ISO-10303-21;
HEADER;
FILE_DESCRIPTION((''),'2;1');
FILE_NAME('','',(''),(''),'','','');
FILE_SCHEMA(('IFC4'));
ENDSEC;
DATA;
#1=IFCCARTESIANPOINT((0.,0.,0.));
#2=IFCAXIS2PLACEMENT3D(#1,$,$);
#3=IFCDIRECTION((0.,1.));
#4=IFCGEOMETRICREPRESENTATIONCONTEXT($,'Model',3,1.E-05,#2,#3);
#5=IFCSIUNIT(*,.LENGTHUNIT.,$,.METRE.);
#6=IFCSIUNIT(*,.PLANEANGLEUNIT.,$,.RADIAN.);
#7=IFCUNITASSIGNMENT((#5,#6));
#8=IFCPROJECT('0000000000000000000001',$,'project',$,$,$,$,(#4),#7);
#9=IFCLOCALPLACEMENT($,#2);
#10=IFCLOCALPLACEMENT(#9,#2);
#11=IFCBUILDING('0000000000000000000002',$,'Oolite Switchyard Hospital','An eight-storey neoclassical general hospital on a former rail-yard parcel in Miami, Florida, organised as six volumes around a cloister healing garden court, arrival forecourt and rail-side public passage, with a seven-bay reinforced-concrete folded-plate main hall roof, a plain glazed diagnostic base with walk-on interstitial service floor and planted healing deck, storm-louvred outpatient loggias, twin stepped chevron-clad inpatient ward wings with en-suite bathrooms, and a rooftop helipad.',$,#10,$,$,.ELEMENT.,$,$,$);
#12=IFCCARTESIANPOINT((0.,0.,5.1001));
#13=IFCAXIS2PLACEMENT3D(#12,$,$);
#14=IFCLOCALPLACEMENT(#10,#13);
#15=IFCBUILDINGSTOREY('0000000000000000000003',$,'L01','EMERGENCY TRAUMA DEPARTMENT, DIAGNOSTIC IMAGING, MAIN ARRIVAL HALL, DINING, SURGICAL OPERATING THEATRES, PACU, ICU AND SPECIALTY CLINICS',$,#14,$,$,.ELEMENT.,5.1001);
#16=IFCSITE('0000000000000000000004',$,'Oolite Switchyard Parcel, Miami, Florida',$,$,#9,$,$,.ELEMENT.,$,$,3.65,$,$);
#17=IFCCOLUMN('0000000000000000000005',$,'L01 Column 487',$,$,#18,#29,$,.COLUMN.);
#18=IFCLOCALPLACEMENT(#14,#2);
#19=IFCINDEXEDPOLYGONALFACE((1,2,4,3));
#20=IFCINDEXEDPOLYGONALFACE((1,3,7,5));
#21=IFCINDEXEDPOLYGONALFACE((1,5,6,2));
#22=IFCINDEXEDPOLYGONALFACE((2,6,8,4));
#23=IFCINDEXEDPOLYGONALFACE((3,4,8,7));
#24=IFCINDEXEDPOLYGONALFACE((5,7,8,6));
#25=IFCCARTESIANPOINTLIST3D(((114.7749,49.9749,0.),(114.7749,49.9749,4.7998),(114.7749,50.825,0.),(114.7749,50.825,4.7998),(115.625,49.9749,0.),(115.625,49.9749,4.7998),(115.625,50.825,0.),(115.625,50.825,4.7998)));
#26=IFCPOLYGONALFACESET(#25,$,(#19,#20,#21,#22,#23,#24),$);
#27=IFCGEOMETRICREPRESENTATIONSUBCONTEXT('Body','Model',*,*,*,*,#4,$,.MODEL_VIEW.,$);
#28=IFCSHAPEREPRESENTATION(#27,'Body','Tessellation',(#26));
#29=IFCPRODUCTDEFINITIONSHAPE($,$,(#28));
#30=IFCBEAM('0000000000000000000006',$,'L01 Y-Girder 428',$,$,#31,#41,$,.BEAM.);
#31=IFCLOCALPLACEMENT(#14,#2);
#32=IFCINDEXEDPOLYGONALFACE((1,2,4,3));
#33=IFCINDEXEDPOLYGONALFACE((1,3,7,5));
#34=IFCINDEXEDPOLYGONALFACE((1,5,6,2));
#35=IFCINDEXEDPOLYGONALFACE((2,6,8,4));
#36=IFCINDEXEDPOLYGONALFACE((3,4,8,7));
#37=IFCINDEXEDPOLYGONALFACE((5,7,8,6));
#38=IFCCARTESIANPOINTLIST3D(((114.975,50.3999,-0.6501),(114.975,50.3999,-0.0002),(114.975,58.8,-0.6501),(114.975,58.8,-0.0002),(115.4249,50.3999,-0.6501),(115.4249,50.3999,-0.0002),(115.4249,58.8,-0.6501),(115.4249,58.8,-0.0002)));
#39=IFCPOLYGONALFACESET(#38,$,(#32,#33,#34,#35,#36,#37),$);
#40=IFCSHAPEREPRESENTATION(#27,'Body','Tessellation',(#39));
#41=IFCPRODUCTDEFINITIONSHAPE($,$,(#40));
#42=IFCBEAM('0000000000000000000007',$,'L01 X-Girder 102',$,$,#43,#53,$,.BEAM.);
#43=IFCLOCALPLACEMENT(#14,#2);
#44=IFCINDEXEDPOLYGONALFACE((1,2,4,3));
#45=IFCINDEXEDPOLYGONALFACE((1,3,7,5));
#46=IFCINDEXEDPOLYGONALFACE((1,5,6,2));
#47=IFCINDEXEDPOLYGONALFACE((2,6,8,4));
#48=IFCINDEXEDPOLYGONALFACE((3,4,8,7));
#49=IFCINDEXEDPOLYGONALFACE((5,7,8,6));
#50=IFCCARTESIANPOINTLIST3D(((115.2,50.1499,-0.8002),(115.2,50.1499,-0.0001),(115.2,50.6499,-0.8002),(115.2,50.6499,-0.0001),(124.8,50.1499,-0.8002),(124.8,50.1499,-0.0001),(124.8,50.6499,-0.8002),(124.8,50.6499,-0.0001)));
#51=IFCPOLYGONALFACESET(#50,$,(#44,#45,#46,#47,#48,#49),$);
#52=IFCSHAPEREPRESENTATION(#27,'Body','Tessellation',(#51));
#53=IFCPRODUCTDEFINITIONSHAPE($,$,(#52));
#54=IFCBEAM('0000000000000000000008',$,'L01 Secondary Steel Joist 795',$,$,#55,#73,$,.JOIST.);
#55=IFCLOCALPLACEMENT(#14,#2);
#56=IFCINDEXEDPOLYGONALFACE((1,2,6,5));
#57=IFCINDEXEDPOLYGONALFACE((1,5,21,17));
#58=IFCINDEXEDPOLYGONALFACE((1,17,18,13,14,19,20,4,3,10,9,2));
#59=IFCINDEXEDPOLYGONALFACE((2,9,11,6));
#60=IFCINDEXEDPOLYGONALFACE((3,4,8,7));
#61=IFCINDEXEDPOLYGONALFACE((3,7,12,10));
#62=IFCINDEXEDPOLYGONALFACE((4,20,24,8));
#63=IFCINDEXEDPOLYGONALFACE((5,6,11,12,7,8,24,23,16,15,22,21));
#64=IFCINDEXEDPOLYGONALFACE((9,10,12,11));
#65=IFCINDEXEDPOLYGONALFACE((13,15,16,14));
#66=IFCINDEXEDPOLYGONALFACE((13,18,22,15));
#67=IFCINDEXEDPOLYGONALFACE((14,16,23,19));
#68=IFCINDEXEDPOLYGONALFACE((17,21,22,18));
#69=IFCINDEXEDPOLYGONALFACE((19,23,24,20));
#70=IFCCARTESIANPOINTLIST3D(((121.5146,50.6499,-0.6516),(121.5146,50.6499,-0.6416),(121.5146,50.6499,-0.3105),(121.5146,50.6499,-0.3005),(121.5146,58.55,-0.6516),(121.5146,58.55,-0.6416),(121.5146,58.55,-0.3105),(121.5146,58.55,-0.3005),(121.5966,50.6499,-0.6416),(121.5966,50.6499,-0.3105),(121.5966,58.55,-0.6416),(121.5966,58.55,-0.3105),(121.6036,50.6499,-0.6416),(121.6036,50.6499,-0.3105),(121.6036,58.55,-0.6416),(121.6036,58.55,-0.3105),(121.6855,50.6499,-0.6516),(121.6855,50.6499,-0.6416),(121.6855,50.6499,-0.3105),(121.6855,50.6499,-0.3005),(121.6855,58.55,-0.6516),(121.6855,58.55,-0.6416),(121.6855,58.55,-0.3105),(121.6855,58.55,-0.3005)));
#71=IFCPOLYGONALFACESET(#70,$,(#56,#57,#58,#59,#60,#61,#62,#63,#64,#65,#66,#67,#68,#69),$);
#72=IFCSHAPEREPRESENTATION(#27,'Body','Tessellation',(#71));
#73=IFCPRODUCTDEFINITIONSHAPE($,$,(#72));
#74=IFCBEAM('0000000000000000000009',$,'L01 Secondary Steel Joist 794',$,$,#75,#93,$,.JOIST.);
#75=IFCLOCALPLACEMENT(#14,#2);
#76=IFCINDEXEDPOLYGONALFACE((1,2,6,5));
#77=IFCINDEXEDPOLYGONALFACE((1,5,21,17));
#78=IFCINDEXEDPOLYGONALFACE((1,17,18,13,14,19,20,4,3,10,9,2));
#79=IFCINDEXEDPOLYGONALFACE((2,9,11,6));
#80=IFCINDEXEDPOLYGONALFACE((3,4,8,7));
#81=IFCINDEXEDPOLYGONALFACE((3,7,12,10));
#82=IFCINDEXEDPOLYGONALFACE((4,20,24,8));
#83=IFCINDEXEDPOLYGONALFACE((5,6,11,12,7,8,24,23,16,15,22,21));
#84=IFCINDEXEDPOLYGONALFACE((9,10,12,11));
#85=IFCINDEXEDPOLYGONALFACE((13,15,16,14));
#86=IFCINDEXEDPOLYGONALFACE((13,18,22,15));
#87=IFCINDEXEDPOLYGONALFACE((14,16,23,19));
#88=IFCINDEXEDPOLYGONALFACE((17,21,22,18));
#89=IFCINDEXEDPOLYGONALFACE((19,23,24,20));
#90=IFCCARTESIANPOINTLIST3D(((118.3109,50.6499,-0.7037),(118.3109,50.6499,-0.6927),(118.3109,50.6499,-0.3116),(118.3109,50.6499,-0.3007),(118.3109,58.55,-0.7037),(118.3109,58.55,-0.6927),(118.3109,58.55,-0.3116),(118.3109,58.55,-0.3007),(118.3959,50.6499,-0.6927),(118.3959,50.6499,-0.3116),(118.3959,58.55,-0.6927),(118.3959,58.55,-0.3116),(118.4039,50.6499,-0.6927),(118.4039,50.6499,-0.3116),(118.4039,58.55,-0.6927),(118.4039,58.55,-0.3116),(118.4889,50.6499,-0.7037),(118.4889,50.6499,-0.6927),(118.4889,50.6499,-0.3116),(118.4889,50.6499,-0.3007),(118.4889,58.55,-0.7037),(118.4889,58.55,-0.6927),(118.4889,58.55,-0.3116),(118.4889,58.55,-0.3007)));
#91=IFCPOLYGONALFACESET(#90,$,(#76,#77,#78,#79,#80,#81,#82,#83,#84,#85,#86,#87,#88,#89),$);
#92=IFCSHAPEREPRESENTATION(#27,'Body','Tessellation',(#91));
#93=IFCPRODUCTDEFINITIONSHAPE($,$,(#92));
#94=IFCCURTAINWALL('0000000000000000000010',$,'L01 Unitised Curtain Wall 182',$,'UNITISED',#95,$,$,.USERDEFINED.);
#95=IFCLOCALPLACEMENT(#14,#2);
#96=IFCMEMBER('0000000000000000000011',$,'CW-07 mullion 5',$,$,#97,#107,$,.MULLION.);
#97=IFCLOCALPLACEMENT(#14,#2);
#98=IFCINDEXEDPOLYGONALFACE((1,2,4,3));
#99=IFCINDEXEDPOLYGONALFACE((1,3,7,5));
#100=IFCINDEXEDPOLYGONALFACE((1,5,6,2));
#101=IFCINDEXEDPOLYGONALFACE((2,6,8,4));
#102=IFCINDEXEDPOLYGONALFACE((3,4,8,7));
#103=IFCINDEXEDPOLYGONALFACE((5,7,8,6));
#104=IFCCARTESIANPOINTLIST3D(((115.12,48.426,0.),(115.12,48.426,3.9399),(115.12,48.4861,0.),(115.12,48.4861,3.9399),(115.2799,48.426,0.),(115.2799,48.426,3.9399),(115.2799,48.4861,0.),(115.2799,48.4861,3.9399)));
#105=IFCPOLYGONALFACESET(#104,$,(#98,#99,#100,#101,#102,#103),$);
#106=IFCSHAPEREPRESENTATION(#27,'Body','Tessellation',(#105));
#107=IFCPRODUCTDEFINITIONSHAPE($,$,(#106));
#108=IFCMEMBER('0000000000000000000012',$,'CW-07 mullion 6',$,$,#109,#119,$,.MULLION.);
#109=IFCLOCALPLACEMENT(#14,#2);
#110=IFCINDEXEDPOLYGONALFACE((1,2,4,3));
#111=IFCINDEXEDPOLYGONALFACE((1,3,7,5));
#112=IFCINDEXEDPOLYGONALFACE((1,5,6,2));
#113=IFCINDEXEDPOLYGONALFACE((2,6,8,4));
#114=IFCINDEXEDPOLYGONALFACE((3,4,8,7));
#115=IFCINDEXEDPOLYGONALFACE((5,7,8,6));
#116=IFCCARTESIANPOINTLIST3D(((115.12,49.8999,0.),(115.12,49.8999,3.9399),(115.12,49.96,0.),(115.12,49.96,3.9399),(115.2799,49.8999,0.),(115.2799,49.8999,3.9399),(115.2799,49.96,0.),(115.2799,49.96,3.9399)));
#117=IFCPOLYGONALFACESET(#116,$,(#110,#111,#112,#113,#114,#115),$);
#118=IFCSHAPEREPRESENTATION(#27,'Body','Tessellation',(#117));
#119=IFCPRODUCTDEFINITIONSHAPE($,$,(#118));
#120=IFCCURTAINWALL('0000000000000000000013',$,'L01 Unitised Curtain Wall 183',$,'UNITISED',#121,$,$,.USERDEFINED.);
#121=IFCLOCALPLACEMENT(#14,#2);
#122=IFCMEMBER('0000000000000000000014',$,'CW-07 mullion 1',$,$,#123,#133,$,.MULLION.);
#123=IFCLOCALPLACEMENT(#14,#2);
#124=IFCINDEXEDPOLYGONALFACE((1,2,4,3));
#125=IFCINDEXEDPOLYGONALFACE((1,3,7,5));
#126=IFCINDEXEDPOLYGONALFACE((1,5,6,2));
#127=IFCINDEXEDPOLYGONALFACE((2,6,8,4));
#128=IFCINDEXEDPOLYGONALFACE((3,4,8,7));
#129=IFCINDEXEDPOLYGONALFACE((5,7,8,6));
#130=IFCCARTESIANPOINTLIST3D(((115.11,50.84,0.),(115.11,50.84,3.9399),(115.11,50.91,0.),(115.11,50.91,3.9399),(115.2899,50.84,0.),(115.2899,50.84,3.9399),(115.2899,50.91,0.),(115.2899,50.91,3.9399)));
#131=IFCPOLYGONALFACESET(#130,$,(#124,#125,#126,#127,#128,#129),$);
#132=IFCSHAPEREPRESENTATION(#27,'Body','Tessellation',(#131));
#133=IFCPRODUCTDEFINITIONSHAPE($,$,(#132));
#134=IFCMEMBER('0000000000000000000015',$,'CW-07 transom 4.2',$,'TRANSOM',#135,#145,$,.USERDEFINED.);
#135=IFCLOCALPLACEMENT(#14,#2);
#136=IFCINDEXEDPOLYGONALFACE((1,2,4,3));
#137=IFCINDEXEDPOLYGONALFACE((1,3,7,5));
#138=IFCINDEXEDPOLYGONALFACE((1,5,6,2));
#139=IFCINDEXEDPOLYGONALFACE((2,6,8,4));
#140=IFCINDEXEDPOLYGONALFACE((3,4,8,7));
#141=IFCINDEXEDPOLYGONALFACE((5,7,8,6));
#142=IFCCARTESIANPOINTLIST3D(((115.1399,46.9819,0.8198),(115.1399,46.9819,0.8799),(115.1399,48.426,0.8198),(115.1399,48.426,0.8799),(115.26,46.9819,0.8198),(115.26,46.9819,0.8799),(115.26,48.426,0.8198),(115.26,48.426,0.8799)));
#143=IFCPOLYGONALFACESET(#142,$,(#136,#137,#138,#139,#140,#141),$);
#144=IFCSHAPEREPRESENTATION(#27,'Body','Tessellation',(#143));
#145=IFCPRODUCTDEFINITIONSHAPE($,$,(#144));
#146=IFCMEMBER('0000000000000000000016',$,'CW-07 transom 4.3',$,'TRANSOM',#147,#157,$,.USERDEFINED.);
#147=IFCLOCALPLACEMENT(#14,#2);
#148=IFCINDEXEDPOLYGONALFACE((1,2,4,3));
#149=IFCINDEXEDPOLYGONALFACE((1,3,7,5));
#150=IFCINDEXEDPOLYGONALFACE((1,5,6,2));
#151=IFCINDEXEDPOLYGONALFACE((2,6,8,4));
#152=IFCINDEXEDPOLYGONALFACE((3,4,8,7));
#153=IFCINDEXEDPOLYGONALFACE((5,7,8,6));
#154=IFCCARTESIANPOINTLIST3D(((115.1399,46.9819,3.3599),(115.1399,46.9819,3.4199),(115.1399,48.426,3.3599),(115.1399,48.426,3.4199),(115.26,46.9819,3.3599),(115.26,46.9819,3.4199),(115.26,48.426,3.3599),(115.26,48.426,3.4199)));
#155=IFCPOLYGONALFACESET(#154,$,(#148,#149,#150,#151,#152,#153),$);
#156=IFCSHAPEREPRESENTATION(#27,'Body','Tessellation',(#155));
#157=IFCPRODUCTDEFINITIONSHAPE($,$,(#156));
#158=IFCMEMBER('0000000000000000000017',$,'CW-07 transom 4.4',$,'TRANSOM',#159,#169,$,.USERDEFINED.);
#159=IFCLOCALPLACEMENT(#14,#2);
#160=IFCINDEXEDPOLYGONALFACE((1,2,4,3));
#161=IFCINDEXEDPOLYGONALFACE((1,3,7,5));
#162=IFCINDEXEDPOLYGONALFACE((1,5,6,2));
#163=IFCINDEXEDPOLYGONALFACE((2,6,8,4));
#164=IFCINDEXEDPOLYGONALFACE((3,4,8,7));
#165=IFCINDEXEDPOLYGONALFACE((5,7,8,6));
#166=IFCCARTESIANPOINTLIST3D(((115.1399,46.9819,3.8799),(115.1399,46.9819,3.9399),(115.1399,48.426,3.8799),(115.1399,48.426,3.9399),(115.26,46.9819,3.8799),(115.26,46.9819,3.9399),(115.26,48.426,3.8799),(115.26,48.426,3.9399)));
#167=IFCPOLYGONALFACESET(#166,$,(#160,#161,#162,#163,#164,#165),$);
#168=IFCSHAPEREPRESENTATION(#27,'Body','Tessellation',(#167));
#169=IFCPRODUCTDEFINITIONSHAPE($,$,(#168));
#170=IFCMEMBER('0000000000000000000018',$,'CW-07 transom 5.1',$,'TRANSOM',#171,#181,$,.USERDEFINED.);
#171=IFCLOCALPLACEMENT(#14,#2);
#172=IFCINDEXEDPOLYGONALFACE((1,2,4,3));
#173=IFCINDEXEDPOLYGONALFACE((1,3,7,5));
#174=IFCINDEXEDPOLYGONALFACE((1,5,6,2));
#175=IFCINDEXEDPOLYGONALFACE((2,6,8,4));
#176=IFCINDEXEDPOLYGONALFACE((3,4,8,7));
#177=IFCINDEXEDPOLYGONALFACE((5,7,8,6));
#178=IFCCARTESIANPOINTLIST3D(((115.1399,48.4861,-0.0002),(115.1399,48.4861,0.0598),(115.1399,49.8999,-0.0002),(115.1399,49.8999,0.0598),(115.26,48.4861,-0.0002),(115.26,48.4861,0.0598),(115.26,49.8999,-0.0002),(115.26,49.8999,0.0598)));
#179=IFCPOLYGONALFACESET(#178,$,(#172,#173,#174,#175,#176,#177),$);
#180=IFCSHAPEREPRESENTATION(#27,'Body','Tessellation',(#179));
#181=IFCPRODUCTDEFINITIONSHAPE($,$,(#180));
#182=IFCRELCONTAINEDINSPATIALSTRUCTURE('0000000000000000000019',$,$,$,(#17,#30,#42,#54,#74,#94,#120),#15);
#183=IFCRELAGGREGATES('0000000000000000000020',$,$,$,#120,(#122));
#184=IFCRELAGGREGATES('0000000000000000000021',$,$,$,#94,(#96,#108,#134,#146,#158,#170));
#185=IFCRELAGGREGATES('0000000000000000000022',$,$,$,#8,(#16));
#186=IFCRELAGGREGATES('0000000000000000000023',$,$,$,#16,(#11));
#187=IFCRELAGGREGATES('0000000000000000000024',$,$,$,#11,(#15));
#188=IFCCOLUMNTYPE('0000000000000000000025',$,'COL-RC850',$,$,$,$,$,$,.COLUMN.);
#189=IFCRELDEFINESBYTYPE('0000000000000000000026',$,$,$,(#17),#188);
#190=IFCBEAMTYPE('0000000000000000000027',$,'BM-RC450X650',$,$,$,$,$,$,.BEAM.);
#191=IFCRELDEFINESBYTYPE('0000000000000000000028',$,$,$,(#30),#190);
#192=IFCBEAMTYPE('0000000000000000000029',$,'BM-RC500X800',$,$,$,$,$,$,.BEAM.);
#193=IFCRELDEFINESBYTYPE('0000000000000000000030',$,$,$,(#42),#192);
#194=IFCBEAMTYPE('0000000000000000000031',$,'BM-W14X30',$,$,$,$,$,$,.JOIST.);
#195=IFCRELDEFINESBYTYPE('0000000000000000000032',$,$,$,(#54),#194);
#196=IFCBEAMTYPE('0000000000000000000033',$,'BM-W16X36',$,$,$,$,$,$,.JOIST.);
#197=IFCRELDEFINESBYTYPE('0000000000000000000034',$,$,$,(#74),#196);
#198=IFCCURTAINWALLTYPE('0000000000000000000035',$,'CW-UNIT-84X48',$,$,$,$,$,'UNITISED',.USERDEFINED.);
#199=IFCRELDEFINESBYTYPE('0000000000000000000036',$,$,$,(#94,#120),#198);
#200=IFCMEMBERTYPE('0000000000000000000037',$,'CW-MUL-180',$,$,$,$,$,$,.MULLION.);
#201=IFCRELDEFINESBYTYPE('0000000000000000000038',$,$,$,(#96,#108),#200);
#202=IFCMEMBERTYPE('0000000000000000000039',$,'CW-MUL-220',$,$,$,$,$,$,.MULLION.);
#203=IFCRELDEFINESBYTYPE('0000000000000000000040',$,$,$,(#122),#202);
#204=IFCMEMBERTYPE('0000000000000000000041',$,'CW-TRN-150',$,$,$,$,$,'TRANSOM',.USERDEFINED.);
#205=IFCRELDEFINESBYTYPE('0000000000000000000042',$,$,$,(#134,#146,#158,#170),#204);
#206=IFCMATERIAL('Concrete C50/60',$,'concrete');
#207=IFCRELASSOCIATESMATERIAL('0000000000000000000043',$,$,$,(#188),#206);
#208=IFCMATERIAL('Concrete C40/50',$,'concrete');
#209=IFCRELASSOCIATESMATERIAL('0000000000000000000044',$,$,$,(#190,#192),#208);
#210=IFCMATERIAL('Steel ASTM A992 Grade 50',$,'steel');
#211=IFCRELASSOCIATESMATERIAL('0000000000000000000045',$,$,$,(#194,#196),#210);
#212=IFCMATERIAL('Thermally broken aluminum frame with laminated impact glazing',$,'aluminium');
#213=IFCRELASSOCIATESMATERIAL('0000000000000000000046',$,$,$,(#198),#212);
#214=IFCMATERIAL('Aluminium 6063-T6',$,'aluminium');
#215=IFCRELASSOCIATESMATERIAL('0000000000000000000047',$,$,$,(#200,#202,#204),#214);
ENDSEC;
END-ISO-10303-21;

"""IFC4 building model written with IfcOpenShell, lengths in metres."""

from ifc_helpers import new_model, si_unit, direction, frame, origin, origin_2d, place, context, subcontext, project, spatial, rectangle, i_section, extrude, material, material_profile, profile_set, type_object, element, aggregate, save


model = new_model("IFC4")

# Units and contexts
model_context = context("Model", 3, precision=1e-05, world=origin(), true_north=direction((0.0, 1.0)))
body_context = subcontext(model_context, "Body", "Model", "MODEL_VIEW")
ifc_project = project(units=[si_unit("LENGTHUNIT", "METRE"), si_unit("PLANEANGLEUNIT", "RADIAN")], contexts=[model_context])

# Site, building, storey
site_placement = place(None, origin())
site = spatial("IfcSite", under=ifc_project, at=site_placement, Name="Oolite Switchyard Parcel, Miami, Florida", CompositionType="ELEMENT", RefElevation=3.65)
building_placement = place(site_placement, origin())
building = spatial("IfcBuilding", under=site, at=building_placement, Name="Oolite Switchyard Hospital", Description="An eight-storey neoclassical general hospital on a former rail-yard parcel in Miami, Florida, organised as six volumes around a cloister healing garden court, arrival forecourt and rail-side public passage, with a seven-bay reinforced-concrete folded-plate main hall roof, a plain glazed diagnostic base with walk-on interstitial service floor and planted healing deck, storm-louvred outpatient loggias, twin stepped chevron-clad inpatient ward wings with en-suite bathrooms, and a rooftop helipad.", CompositionType="ELEMENT")
storey_placement = place(building_placement, frame((0.0, 0.0, 5.1001)))
storey = spatial("IfcBuildingStorey", under=building, at=storey_placement, Name="L01", Description="EMERGENCY TRAUMA DEPARTMENT, DIAGNOSTIC IMAGING, MAIN ARRIVAL HALL, DINING, SURGICAL OPERATING THEATRES, PACU, ICU AND SPECIALTY CLINICS", CompositionType="ELEMENT", Elevation=5.1001)

# Column
ifc_material_1 = material(Name="Concrete C50/60", Category="concrete")
ifc_material_profile_1 = material_profile(ifc_material_1, rectangle(XDim=0.8501, YDim=0.8501, at=origin_2d()), Name="RC850X850")
ifc_profile_set_1 = profile_set([ifc_material_profile_1], Name="Concrete C50/60")
column_type = type_object("IfcColumnType", Name="COL-RC850", PredefinedType="COLUMN", material=ifc_profile_set_1)
column_placement = place(storey_placement, frame((115.2, 50.3999, 0.0), z_axis=(0.0, 0.0, 1.0), x_axis=(1.0, 0.0, 0.0)))
element("IfcColumn", 1, at=column_placement, inside=storey, type_object=column_type, Name="L01 Column 487", PredefinedType="COLUMN", context=body_context, shape_type="SweptSolid", body=[
    extrude(rectangle(XDim=0.8501, YDim=0.8501, at=origin_2d()), origin(), (0.0, 0.0, 1.0), 4.7998),
])

# Beams
ifc_material_2 = material(Name="Concrete C40/50", Category="concrete")
ifc_material_profile_2 = material_profile(ifc_material_2, rectangle(XDim=0.45, YDim=0.6499, at=origin_2d()), Name="RCB450X650")
ifc_profile_set_2 = profile_set([ifc_material_profile_2], Name="Concrete C40/50")
beam_type_1 = type_object("IfcBeamType", Name="BM-RC450X650", PredefinedType="BEAM", material=ifc_profile_set_2)
beam_1_placement = place(storey_placement, frame((115.2, 50.3999, -0.3252), z_axis=(0.0, 1.0, 0.0), x_axis=(-1.0, 0.0, 0.0)))
element("IfcBeam", 2, at=beam_1_placement, inside=storey, type_object=beam_type_1, Name="L01 Y-Girder 428", PredefinedType="BEAM", context=body_context, shape_type="SweptSolid", body=[
    extrude(rectangle(XDim=0.45, YDim=0.6499, at=origin_2d()), origin(), (0.0, 0.0, 1.0), 8.4001),
])
ifc_material_profile_3 = material_profile(ifc_material_2, rectangle(XDim=0.5, YDim=0.8, at=origin_2d()), Name="RCB500X800")
ifc_profile_set_3 = profile_set([ifc_material_profile_3], Name="Concrete C40/50")
beam_type_2 = type_object("IfcBeamType", Name="BM-RC500X800", PredefinedType="BEAM", material=ifc_profile_set_3)
beam_2_placement = place(storey_placement, frame((115.2, 50.3999, -0.4001), z_axis=(1.0, 0.0, 0.0), x_axis=(0.0, 1.0, 0.0)))
element("IfcBeam", 3, at=beam_2_placement, inside=storey, type_object=beam_type_2, Name="L01 X-Girder 102", PredefinedType="BEAM", context=body_context, shape_type="SweptSolid", body=[
    extrude(rectangle(XDim=0.5, YDim=0.8, at=origin_2d()), origin(), (0.0, 0.0, 1.0), 9.6001),
])
ifc_material_3 = material(Name="Steel ASTM A992 Grade 50", Category="steel")
ifc_material_profile_4 = material_profile(ifc_material_3, i_section(OverallWidth=0.1709, OverallDepth=0.3511, WebThickness=0.0071, FlangeThickness=0.01, at=origin_2d()), Name="W14X30")
ifc_profile_set_4 = profile_set([ifc_material_profile_4], Name="Steel ASTM A992 Grade 50")
beam_type_3 = type_object("IfcBeamType", Name="BM-W14X30", PredefinedType="JOIST", material=ifc_profile_set_4)
beam_3_placement = place(storey_placement, frame((121.6001, 50.6499, -0.4761), z_axis=(0.0, 1.0, 0.0), x_axis=(-1.0, 0.0, 0.0)))
element("IfcBeam", 4, at=beam_3_placement, inside=storey, type_object=beam_type_3, Name="L01 Secondary Steel Joist 795", PredefinedType="JOIST", context=body_context, shape_type="SweptSolid", body=[
    extrude(i_section(OverallWidth=0.1709, OverallDepth=0.3511, WebThickness=0.0071, FlangeThickness=0.01, at=origin_2d()), origin(), (0.0, 0.0, 1.0), 7.9001),
])
ifc_material_profile_5 = material_profile(ifc_material_3, i_section(OverallWidth=0.178, OverallDepth=0.4031, WebThickness=0.0081, FlangeThickness=0.011, at=origin_2d()), Name="W16X36")
ifc_profile_set_5 = profile_set([ifc_material_profile_5], Name="Steel ASTM A992 Grade 50")
beam_type_4 = type_object("IfcBeamType", Name="BM-W16X36", PredefinedType="JOIST", material=ifc_profile_set_5)
beam_4_placement = place(storey_placement, frame((118.3999, 50.6499, -0.5022), z_axis=(0.0, 1.0, 0.0), x_axis=(-1.0, 0.0, 0.0)))
element("IfcBeam", 5, at=beam_4_placement, inside=storey, type_object=beam_type_4, Name="L01 Secondary Steel Joist 794", PredefinedType="JOIST", context=body_context, shape_type="SweptSolid", body=[
    extrude(i_section(OverallWidth=0.178, OverallDepth=0.4031, WebThickness=0.0081, FlangeThickness=0.011, at=origin_2d()), origin(), (0.0, 0.0, 1.0), 7.9001),
])

# Curtain wall, members
ifc_material_4 = material(Name="Thermally broken aluminum frame with laminated impact glazing", Category="aluminium")
curtain_wall_type = type_object("IfcCurtainWallType", Name="CW-UNIT-84X48", ElementType="UNITISED", PredefinedType="USERDEFINED", material=ifc_material_4)
curtain_wall_1_placement = place(storey_placement, origin())
curtain_wall_1 = element("IfcCurtainWall", 6, at=curtain_wall_1_placement, inside=storey, type_object=curtain_wall_type, Name="L01 Unitised Curtain Wall 182", ObjectType="UNITISED", PredefinedType="USERDEFINED")
ifc_material_5 = material(Name="Aluminium 6063-T6", Category="aluminium")
ifc_material_profile_6 = material_profile(ifc_material_5, rectangle(XDim=0.1599, YDim=0.0601, at=origin_2d()), Name="CWM60X160")
ifc_profile_set_6 = profile_set([ifc_material_profile_6], Name="Aluminium 6063-T6")
member_type_1 = type_object("IfcMemberType", Name="CW-MUL-180", PredefinedType="MULLION", material=ifc_profile_set_6)
member_1_placement = place(storey_placement, frame((115.2, 48.4561, 0.0), z_axis=(0.0, 0.0, 1.0), x_axis=(-1.0, 0.0, 0.0)))
member_1 = element("IfcMember", 7, at=member_1_placement, type_object=member_type_1, Name="CW-07 mullion 5", PredefinedType="MULLION", context=body_context, shape_type="SweptSolid", body=[
    extrude(rectangle(XDim=0.1599, YDim=0.0601, at=origin_2d()), origin(), (0.0, 0.0, 1.0), 3.9399),
])
member_2_placement = place(storey_placement, frame((115.2, 49.9299, 0.0), z_axis=(0.0, 0.0, 1.0), x_axis=(-1.0, 0.0, 0.0)))
member_2 = element("IfcMember", 8, at=member_2_placement, type_object=member_type_1, Name="CW-07 mullion 6", PredefinedType="MULLION", context=body_context, shape_type="SweptSolid", body=[
    extrude(rectangle(XDim=0.1599, YDim=0.0601, at=origin_2d()), origin(), (0.0, 0.0, 1.0), 3.9399),
])

# Curtain wall, member
curtain_wall_2_placement = place(storey_placement, origin())
curtain_wall_2 = element("IfcCurtainWall", 9, at=curtain_wall_2_placement, inside=storey, type_object=curtain_wall_type, Name="L01 Unitised Curtain Wall 183", ObjectType="UNITISED", PredefinedType="USERDEFINED")
ifc_material_profile_7 = material_profile(ifc_material_5, rectangle(XDim=0.1799, YDim=0.0701, at=origin_2d()), Name="CWM70X180")
ifc_profile_set_7 = profile_set([ifc_material_profile_7], Name="Aluminium 6063-T6")
member_type_2 = type_object("IfcMemberType", Name="CW-MUL-220", PredefinedType="MULLION", material=ifc_profile_set_7)
member_3_placement = place(storey_placement, frame((115.2, 50.875, 0.0), z_axis=(0.0, 0.0, 1.0), x_axis=(-1.0, 0.0, 0.0)))
member_3 = element("IfcMember", 10, at=member_3_placement, type_object=member_type_2, Name="CW-07 mullion 1", PredefinedType="MULLION", context=body_context, shape_type="SweptSolid", body=[
    extrude(rectangle(XDim=0.1799, YDim=0.0701, at=origin_2d()), origin(), (0.0, 0.0, 1.0), 3.9399),
])

# Members
ifc_material_profile_8 = material_profile(ifc_material_5, rectangle(XDim=0.1201, YDim=0.0601, at=origin_2d()), Name="CWT60X120")
ifc_profile_set_8 = profile_set([ifc_material_profile_8], Name="Aluminium 6063-T6")
member_type_3 = type_object("IfcMemberType", Name="CW-TRN-150", ElementType="TRANSOM", PredefinedType="USERDEFINED", material=ifc_profile_set_8)
member_4_placement = place(storey_placement, frame((115.2, 46.9819, 0.8499), z_axis=(0.0, 1.0, 0.0), x_axis=(-1.0, 0.0, 0.0)))
member_4 = element("IfcMember", 11, at=member_4_placement, type_object=member_type_3, Name="CW-07 transom 4.2", ObjectType="TRANSOM", PredefinedType="USERDEFINED", context=body_context, shape_type="SweptSolid", body=[
    extrude(rectangle(XDim=0.1201, YDim=0.0601, at=origin_2d()), origin(), (0.0, 0.0, 1.0), 1.4441),
])
member_5_placement = place(storey_placement, frame((115.2, 46.9819, 3.3899), z_axis=(0.0, 1.0, 0.0), x_axis=(-1.0, 0.0, 0.0)))
member_5 = element("IfcMember", 12, at=member_5_placement, type_object=member_type_3, Name="CW-07 transom 4.3", ObjectType="TRANSOM", PredefinedType="USERDEFINED", context=body_context, shape_type="SweptSolid", body=[
    extrude(rectangle(XDim=0.1201, YDim=0.0601, at=origin_2d()), origin(), (0.0, 0.0, 1.0), 1.4441),
])
member_6_placement = place(storey_placement, frame((115.2, 46.9819, 3.9099), z_axis=(0.0, 1.0, 0.0), x_axis=(-1.0, 0.0, 0.0)))
member_6 = element("IfcMember", 13, at=member_6_placement, type_object=member_type_3, Name="CW-07 transom 4.4", ObjectType="TRANSOM", PredefinedType="USERDEFINED", context=body_context, shape_type="SweptSolid", body=[
    extrude(rectangle(XDim=0.1201, YDim=0.0601, at=origin_2d()), origin(), (0.0, 0.0, 1.0), 1.4441),
])
member_7_placement = place(storey_placement, frame((115.2, 48.4861, 0.0298), z_axis=(0.0, 1.0, 0.0), x_axis=(-1.0, 0.0, 0.0)))
member_7 = element("IfcMember", 14, at=member_7_placement, type_object=member_type_3, Name="CW-07 transom 5.1", ObjectType="TRANSOM", PredefinedType="USERDEFINED", context=body_context, shape_type="SweptSolid", body=[
    extrude(rectangle(XDim=0.1201, YDim=0.0601, at=origin_2d()), origin(), (0.0, 0.0, 1.0), 1.4138),
])
aggregate(curtain_wall_2, [member_3])

aggregate(curtain_wall_1, [member_1, member_2, member_4, member_5, member_6, member_7])

save(model, "model.ifc")
